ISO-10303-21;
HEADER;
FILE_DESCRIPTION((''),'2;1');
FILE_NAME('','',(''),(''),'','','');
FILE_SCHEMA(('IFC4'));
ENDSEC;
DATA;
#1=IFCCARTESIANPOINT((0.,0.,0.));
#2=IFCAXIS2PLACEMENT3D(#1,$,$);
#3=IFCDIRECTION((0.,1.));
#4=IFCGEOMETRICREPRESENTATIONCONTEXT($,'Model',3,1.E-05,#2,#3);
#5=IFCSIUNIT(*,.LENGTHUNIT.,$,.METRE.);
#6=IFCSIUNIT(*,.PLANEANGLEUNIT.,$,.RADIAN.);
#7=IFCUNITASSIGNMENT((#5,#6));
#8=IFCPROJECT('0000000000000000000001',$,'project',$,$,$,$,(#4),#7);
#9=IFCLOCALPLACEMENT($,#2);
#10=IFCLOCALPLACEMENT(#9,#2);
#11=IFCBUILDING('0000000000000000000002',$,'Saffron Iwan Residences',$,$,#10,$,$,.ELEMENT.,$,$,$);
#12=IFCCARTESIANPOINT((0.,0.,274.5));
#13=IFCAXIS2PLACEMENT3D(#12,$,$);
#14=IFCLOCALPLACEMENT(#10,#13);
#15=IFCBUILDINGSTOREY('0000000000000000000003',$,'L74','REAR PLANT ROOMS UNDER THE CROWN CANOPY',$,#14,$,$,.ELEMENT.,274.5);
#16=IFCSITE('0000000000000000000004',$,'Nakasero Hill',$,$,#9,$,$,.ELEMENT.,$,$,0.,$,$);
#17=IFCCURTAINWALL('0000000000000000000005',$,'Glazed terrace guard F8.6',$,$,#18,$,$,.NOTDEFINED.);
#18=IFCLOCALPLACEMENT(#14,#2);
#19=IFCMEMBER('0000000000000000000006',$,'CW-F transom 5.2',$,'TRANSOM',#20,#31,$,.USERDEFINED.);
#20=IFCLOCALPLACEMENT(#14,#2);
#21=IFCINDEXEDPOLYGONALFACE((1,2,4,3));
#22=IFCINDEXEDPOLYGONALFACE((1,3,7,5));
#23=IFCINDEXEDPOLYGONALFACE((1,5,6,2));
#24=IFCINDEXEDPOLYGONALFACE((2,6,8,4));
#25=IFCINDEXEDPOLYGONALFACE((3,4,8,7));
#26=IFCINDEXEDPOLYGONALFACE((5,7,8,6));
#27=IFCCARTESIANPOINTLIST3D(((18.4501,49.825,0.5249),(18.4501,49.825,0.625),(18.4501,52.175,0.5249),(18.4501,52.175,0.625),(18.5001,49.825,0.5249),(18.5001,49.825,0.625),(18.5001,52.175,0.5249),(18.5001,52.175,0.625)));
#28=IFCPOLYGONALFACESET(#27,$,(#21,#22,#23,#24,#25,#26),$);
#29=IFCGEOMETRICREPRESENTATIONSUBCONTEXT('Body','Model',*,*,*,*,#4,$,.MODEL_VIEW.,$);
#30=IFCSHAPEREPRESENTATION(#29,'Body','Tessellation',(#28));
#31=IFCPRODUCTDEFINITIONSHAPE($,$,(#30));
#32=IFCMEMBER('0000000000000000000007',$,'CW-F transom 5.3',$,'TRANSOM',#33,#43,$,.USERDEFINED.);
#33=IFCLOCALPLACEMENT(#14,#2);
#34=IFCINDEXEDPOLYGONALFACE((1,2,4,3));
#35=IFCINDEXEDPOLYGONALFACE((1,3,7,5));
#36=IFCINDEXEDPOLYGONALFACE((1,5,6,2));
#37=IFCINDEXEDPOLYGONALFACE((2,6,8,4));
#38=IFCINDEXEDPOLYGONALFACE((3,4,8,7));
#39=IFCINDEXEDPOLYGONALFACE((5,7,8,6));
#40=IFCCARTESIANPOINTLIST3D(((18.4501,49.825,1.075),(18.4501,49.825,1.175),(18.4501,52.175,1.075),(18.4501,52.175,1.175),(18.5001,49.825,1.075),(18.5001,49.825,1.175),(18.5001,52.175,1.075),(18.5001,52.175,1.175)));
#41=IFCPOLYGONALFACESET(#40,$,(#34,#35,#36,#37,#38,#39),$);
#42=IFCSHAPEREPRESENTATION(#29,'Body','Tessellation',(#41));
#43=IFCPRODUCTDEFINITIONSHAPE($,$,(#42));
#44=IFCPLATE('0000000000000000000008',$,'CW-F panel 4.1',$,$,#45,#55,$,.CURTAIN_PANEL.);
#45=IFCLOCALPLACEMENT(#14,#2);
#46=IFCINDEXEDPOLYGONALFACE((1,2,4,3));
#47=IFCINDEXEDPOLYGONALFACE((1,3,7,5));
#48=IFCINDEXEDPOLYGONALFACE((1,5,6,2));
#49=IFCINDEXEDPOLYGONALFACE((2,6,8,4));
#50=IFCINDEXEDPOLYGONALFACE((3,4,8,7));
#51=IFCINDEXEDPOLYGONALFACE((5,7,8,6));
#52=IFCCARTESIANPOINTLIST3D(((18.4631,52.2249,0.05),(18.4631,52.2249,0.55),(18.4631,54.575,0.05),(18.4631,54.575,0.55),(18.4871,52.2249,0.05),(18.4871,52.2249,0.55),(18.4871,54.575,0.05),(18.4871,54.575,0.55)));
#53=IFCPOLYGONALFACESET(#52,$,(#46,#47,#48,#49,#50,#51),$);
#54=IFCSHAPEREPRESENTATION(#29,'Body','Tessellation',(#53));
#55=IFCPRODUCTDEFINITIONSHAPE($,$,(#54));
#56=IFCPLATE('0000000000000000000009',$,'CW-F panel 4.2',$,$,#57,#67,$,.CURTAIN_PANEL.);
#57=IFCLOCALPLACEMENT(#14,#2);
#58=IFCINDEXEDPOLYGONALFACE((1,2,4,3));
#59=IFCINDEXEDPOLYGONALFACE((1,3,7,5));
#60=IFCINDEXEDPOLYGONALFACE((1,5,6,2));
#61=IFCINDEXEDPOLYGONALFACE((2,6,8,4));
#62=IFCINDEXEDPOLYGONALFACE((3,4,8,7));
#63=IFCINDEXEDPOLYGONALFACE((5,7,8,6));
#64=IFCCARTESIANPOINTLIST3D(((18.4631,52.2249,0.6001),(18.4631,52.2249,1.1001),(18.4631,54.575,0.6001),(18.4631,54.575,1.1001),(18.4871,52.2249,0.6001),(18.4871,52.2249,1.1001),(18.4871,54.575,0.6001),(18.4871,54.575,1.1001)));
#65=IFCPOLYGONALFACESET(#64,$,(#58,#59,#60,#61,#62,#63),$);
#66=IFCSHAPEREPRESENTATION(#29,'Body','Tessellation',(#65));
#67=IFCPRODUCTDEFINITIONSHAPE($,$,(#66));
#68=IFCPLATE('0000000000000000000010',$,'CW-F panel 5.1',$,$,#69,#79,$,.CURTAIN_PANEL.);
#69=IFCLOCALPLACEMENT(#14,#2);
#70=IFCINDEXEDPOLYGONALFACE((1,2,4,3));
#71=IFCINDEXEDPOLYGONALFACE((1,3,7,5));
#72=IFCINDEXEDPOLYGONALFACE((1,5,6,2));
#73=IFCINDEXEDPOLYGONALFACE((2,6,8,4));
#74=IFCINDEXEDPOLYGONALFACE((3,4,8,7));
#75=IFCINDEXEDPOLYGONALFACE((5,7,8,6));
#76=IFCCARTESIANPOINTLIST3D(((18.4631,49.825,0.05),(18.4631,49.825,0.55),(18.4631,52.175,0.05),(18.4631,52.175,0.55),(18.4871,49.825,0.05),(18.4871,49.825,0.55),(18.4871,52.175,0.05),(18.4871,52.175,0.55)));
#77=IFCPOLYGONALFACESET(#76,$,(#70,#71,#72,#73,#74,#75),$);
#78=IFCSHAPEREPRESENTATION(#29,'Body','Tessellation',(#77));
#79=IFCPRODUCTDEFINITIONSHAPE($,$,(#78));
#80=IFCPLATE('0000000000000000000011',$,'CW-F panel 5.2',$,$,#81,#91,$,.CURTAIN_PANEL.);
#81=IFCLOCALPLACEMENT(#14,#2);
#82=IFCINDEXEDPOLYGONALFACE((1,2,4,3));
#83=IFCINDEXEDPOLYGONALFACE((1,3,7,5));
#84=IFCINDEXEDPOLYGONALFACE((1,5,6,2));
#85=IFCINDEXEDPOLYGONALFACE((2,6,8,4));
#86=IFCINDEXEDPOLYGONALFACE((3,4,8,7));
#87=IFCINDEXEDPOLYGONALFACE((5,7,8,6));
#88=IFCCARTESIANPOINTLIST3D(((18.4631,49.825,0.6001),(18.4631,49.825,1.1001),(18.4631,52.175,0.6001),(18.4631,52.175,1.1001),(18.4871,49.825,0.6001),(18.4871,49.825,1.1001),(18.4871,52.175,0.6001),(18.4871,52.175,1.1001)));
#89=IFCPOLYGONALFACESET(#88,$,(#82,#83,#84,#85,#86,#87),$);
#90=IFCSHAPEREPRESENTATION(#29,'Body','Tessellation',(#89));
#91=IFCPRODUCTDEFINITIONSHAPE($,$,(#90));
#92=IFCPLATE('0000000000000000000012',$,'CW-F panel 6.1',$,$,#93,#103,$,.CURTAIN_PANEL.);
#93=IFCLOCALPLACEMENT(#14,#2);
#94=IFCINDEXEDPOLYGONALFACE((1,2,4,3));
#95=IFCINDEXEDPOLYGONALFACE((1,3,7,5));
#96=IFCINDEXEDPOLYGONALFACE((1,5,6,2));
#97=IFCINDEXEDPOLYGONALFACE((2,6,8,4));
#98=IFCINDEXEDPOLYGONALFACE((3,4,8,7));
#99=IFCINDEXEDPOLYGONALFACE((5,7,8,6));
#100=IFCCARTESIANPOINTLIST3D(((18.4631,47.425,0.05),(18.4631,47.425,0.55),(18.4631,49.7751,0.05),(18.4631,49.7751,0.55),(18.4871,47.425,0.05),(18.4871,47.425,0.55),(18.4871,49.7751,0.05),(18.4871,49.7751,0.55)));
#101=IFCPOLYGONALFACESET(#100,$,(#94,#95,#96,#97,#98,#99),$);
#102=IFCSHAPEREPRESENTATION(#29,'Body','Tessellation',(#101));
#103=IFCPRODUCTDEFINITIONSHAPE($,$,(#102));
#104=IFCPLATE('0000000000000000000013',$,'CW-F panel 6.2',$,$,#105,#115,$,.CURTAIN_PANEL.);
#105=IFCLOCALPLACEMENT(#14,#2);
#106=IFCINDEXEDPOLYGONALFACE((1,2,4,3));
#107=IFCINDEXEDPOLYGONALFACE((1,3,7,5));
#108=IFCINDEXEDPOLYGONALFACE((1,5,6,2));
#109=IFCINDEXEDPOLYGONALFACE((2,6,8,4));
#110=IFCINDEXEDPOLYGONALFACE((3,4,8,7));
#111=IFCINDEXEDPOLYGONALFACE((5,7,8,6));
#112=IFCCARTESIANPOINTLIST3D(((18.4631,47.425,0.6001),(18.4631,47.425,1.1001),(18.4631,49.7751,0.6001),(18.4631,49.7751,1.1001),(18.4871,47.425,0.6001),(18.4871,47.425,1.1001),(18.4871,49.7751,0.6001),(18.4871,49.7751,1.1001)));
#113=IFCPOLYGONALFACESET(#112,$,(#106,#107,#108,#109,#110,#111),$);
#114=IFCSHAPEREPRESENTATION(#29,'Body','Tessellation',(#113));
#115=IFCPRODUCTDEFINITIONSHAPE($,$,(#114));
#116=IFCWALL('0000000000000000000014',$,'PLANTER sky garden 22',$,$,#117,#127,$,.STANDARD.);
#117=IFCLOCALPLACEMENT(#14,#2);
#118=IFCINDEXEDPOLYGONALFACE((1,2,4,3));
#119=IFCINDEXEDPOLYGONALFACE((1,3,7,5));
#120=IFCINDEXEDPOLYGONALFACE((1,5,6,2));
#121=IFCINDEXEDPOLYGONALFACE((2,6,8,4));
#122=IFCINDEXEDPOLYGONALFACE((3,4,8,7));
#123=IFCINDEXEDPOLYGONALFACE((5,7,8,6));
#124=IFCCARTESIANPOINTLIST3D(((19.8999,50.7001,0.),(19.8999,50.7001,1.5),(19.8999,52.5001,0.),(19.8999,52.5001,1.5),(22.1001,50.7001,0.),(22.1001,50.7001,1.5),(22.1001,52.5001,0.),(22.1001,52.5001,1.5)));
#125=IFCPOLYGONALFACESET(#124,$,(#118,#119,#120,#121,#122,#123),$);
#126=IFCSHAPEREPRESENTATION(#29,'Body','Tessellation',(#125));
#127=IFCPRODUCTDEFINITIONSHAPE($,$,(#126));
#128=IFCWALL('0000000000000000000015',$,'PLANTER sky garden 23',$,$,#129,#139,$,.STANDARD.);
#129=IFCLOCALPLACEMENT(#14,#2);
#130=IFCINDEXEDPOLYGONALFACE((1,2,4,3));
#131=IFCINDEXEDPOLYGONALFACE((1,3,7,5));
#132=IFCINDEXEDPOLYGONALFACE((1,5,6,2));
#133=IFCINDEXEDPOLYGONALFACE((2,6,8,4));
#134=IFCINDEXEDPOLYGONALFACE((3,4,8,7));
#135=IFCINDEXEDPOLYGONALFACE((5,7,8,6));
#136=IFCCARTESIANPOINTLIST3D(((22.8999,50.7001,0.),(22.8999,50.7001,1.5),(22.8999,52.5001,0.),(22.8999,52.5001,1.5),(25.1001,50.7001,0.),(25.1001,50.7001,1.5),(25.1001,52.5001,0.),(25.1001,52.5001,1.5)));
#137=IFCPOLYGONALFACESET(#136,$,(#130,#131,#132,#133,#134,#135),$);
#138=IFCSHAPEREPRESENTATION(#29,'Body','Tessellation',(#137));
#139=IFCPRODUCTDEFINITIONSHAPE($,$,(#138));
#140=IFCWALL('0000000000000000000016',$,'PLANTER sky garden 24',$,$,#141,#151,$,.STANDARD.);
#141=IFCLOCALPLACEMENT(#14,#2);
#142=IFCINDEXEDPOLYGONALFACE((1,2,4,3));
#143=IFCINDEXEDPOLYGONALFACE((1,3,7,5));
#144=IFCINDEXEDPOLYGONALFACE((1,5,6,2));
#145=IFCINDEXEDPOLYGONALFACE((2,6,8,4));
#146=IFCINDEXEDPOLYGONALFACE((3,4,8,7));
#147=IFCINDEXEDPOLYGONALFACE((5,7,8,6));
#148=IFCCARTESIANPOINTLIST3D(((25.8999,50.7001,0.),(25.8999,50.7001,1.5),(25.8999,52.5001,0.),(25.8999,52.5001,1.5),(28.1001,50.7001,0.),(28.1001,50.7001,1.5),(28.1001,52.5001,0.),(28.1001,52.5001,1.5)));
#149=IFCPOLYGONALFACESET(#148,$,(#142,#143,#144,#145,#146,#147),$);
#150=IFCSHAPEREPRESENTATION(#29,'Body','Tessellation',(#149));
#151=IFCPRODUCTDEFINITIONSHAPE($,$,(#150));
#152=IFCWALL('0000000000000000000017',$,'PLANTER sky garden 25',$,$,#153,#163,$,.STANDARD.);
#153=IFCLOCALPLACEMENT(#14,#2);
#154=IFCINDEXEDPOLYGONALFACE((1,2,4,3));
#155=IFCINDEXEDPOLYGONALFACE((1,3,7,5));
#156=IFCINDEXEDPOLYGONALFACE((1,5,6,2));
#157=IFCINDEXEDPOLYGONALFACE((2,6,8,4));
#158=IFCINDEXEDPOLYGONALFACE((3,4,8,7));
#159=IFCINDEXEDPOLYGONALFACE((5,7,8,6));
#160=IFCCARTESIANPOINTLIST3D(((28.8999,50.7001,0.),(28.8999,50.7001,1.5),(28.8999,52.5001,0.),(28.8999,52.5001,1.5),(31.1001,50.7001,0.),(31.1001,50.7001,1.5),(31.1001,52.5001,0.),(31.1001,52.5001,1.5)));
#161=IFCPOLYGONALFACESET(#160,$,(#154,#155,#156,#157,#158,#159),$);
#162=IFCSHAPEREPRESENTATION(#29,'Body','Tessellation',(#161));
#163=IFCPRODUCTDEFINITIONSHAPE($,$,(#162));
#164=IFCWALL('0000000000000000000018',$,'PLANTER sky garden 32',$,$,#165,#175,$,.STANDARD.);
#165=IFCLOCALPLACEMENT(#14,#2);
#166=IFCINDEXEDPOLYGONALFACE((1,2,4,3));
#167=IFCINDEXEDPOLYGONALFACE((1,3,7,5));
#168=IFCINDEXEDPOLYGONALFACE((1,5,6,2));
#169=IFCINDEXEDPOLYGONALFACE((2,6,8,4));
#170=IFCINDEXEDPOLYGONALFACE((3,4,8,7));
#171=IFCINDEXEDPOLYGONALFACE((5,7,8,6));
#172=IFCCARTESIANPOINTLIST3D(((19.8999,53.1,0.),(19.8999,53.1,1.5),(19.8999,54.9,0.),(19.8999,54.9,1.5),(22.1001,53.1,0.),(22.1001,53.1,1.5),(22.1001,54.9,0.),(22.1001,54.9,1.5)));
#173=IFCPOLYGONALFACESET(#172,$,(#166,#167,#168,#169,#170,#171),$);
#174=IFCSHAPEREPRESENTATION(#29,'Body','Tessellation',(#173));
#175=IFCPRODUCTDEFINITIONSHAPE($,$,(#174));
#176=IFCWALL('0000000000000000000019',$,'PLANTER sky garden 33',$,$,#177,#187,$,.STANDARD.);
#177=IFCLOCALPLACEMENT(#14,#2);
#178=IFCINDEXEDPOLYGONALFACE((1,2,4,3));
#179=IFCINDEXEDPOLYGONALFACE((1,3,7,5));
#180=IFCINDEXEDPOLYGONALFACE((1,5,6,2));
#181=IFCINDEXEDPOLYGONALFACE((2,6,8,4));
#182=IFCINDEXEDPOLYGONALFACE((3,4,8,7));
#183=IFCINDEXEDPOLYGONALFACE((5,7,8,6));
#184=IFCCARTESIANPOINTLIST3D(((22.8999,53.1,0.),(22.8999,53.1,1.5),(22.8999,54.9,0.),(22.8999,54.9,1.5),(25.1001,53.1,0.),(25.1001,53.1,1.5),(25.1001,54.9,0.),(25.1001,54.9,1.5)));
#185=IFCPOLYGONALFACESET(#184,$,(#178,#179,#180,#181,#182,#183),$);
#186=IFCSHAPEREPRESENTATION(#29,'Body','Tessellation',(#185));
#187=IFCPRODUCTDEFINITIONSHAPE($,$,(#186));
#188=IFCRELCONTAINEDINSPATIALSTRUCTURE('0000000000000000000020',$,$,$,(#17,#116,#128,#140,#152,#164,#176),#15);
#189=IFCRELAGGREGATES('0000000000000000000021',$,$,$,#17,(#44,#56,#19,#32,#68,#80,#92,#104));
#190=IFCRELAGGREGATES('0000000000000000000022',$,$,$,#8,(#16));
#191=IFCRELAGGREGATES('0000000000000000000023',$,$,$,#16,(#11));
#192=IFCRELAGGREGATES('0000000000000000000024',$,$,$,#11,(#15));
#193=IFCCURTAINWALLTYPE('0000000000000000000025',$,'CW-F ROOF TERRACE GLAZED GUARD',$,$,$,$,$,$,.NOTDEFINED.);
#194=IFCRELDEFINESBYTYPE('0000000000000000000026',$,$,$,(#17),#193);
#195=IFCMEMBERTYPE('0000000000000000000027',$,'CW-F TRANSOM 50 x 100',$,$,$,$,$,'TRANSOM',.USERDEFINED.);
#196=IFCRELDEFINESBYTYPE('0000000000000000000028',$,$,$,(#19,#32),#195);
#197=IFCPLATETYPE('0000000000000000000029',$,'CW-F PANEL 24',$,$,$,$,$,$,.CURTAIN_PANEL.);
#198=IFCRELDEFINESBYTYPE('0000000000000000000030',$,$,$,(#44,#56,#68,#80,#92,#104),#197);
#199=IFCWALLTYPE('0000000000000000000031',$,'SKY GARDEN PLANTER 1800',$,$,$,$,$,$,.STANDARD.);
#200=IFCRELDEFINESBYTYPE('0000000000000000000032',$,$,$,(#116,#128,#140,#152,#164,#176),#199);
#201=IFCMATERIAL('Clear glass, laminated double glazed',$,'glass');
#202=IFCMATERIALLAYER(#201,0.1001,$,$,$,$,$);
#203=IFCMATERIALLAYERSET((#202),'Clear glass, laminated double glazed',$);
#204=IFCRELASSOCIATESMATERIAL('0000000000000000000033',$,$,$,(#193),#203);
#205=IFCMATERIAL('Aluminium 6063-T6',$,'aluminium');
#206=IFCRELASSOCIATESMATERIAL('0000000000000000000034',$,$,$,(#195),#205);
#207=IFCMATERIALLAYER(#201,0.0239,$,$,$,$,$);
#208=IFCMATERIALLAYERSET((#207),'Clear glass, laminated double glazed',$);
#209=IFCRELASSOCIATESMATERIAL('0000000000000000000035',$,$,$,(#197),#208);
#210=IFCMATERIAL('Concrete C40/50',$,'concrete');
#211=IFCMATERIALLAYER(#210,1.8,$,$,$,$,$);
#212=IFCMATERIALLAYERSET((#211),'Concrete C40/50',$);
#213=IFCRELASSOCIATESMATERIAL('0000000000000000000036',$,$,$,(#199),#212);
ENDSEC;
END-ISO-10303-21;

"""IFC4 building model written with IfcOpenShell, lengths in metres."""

from ifc_helpers import new_model, si_unit, direction, frame, frame_2d, origin, origin_2d, place, context, subcontext, project, spatial, rectangle, extrude, source, transform, mapped, material, layer, layer_set, material_profile, profile_set, type_object, element, aggregate, save


model = new_model("IFC4")

# Units and contexts
model_context = context("Model", 3, precision=1e-05, world=origin(), true_north=direction((0.0, 1.0)))
body_context = subcontext(model_context, "Body", "Model", "MODEL_VIEW")
ifc_project = project(units=[si_unit("LENGTHUNIT", "METRE"), si_unit("PLANEANGLEUNIT", "RADIAN")], contexts=[model_context])

# Site, building, storey
site_placement = place(None, origin())
site = spatial("IfcSite", under=ifc_project, at=site_placement, Name="Nakasero Hill", CompositionType="ELEMENT", RefElevation=0.0)
building_placement = place(site_placement, origin())
building = spatial("IfcBuilding", under=site, at=building_placement, Name="Saffron Iwan Residences", CompositionType="ELEMENT")
storey_placement = place(building_placement, frame((0.0, 0.0, 274.5)))
storey = spatial("IfcBuildingStorey", under=building, at=storey_placement, Name="L74", Description="REAR PLANT ROOMS UNDER THE CROWN CANOPY", CompositionType="ELEMENT", Elevation=274.5)

# Shared definitions
ifc_material_1 = material(Name="Concrete C40/50", Category="concrete")

# Curtain wall, members, plates
ifc_material_2 = material(Name="Clear glass, laminated double glazed", Category="glass")
ifc_layer_1 = layer(ifc_material_2, 0.1001)
ifc_layer_set_1 = layer_set([ifc_layer_1], Name="Clear glass, laminated double glazed")
curtain_wall_type = type_object("IfcCurtainWallType", Name="CW-F ROOF TERRACE GLAZED GUARD", PredefinedType="NOTDEFINED", material=ifc_layer_set_1)
curtain_wall_placement = place(storey_placement, origin())
curtain_wall = element("IfcCurtainWall", 1, at=curtain_wall_placement, inside=storey, type_object=curtain_wall_type, Name="Glazed terrace guard F8.6", PredefinedType="NOTDEFINED")
ifc_material_3 = material(Name="Aluminium 6063-T6", Category="aluminium")
ifc_material_profile_1 = material_profile(ifc_material_3, rectangle(XDim=0.05, YDim=0.1001, at=origin_2d()), Name="CW-F TRANSOM 50 x 100")
ifc_profile_set_1 = profile_set([ifc_material_profile_1], Name="Aluminium 6063-T6")
member_type_1 = type_object("IfcMemberType", Name="CW-F TRANSOM 50 x 100", ElementType="TRANSOM", PredefinedType="USERDEFINED", material=ifc_profile_set_1)
shared_shape_1 = source(origin(), body_context, "Body", "SweptSolid", [
    extrude(rectangle(XDim=0.05, YDim=0.1001, at=origin_2d()), origin(), (0.0, 0.0, 1.0), 2.3501),
])
member_1_placement = place(storey_placement, frame((18.4751, 52.175, 0.575), z_axis=(0.0, -1.0, 0.0), x_axis=(1.0, 0.0, 0.0)))
member_1 = element("IfcMember", 2, at=member_1_placement, type_object=member_type_1, Name="CW-F transom 5.2", ObjectType="TRANSOM", PredefinedType="USERDEFINED", context=body_context, shape_type="MappedRepresentation", body=[
    mapped(shared_shape_1, transform((0.0, 0.0, 0.0))),
])
member_2_placement = place(storey_placement, frame((18.4751, 52.175, 1.125), z_axis=(0.0, -1.0, 0.0), x_axis=(1.0, 0.0, 0.0)))
member_2 = element("IfcMember", 3, at=member_2_placement, type_object=member_type_1, Name="CW-F transom 5.3", ObjectType="TRANSOM", PredefinedType="USERDEFINED", context=body_context, shape_type="MappedRepresentation", body=[
    mapped(shared_shape_1, transform((0.0, 0.0, 0.0))),
])
ifc_layer_2 = layer(ifc_material_2, 0.0239)
ifc_layer_set_2 = layer_set([ifc_layer_2], Name="Clear glass, laminated double glazed")
plate_type = type_object("IfcPlateType", Name="CW-F PANEL 24", PredefinedType="CURTAIN_PANEL", material=ifc_layer_set_2)
shared_shape_2 = source(origin(), body_context, "Body", "SweptSolid", [
    extrude(rectangle(XDim=2.3501, YDim=0.0239, at=origin_2d()), origin(), (0.0, 0.0, 1.0), 0.5),
])
plate_1_placement = place(storey_placement, frame((18.4751, 53.3999, 0.05), z_axis=(0.0, 0.0, 1.0), x_axis=(0.0, -1.0, 0.0)))
plate_1 = element("IfcPlate", 4, at=plate_1_placement, type_object=plate_type, Name="CW-F panel 4.1", PredefinedType="CURTAIN_PANEL", context=body_context, shape_type="MappedRepresentation", body=[
    mapped(shared_shape_2, transform((0.0, 0.0, 0.0))),
])
plate_2_placement = place(storey_placement, frame((18.4751, 53.3999, 0.6001), z_axis=(0.0, 0.0, 1.0), x_axis=(0.0, -1.0, 0.0)))
plate_2 = element("IfcPlate", 5, at=plate_2_placement, type_object=plate_type, Name="CW-F panel 4.2", PredefinedType="CURTAIN_PANEL", context=body_context, shape_type="MappedRepresentation", body=[
    mapped(shared_shape_2, transform((0.0, 0.0, 0.0))),
])
plate_3_placement = place(storey_placement, frame((18.4751, 51.0, 0.05), z_axis=(0.0, 0.0, 1.0), x_axis=(0.0, -1.0, 0.0)))
plate_3 = element("IfcPlate", 6, at=plate_3_placement, type_object=plate_type, Name="CW-F panel 5.1", PredefinedType="CURTAIN_PANEL", context=body_context, shape_type="MappedRepresentation", body=[
    mapped(shared_shape_2, transform((0.0, 0.0, 0.0))),
])
plate_4_placement = place(storey_placement, frame((18.4751, 51.0, 0.6001), z_axis=(0.0, 0.0, 1.0), x_axis=(0.0, -1.0, 0.0)))
plate_4 = element("IfcPlate", 7, at=plate_4_placement, type_object=plate_type, Name="CW-F panel 5.2", PredefinedType="CURTAIN_PANEL", context=body_context, shape_type="MappedRepresentation", body=[
    mapped(shared_shape_2, transform((0.0, 0.0, 0.0))),
])
plate_5_placement = place(storey_placement, frame((18.4751, 48.6001, 0.05), z_axis=(0.0, 0.0, 1.0), x_axis=(0.0, -1.0, 0.0)))
plate_5 = element("IfcPlate", 8, at=plate_5_placement, type_object=plate_type, Name="CW-F panel 6.1", PredefinedType="CURTAIN_PANEL", context=body_context, shape_type="MappedRepresentation", body=[
    mapped(shared_shape_2, transform((0.0, 0.0, 0.0))),
])
plate_6_placement = place(storey_placement, frame((18.4751, 48.6001, 0.6001), z_axis=(0.0, 0.0, 1.0), x_axis=(0.0, -1.0, 0.0)))
plate_6 = element("IfcPlate", 9, at=plate_6_placement, type_object=plate_type, Name="CW-F panel 6.2", PredefinedType="CURTAIN_PANEL", context=body_context, shape_type="MappedRepresentation", body=[
    mapped(shared_shape_2, transform((0.0, 0.0, 0.0))),
])
aggregate(curtain_wall, [plate_1, plate_2, member_1, member_2, plate_3, plate_4, plate_5, plate_6])

# Walls
ifc_layer_3 = layer(ifc_material_1, 1.8)
ifc_layer_set_3 = layer_set([ifc_layer_3], Name="Concrete C40/50")
wall_type = type_object("IfcWallType", Name="SKY GARDEN PLANTER 1800", PredefinedType="STANDARD", material=ifc_layer_set_3)
for number, where, z_axis, x_axis, name in (
    (10, (19.8999, 51.6001, 0.0), (0.0, 0.0, 1.0), (1.0, 0.0, 0.0), "PLANTER sky garden 22"),
    (11, (22.8999, 51.6001, 0.0), (0.0, 0.0, 1.0), (1.0, 0.0, 0.0), "PLANTER sky garden 23"),
    (12, (25.8999, 51.6001, 0.0), (0.0, 0.0, 1.0), (1.0, 0.0, 0.0), "PLANTER sky garden 24"),
    (13, (28.8999, 51.6001, 0.0), (0.0, 0.0, 1.0), (1.0, 0.0, 0.0), "PLANTER sky garden 25"),
    (14, (19.8999, 54.0, 0.0), (0.0, 0.0, 1.0), (1.0, 0.0, 0.0), "PLANTER sky garden 32"),
    (15, (22.8999, 54.0, 0.0), (0.0, 0.0, 1.0), (1.0, 0.0, 0.0), "PLANTER sky garden 33"),
):
    element("IfcWall", number, at=place(storey_placement, frame(where, z_axis=z_axis, x_axis=x_axis)), inside=storey, type_object=wall_type, Name=name, PredefinedType="STANDARD", context=body_context, shape_type="SweptSolid", body=[
        extrude(rectangle(XDim=2.2002, YDim=1.8, at=frame_2d((1.1001, 0.0))), origin(), (0.0, 0.0, 1.0), 1.5),
    ])

save(model, "model.ifc")
